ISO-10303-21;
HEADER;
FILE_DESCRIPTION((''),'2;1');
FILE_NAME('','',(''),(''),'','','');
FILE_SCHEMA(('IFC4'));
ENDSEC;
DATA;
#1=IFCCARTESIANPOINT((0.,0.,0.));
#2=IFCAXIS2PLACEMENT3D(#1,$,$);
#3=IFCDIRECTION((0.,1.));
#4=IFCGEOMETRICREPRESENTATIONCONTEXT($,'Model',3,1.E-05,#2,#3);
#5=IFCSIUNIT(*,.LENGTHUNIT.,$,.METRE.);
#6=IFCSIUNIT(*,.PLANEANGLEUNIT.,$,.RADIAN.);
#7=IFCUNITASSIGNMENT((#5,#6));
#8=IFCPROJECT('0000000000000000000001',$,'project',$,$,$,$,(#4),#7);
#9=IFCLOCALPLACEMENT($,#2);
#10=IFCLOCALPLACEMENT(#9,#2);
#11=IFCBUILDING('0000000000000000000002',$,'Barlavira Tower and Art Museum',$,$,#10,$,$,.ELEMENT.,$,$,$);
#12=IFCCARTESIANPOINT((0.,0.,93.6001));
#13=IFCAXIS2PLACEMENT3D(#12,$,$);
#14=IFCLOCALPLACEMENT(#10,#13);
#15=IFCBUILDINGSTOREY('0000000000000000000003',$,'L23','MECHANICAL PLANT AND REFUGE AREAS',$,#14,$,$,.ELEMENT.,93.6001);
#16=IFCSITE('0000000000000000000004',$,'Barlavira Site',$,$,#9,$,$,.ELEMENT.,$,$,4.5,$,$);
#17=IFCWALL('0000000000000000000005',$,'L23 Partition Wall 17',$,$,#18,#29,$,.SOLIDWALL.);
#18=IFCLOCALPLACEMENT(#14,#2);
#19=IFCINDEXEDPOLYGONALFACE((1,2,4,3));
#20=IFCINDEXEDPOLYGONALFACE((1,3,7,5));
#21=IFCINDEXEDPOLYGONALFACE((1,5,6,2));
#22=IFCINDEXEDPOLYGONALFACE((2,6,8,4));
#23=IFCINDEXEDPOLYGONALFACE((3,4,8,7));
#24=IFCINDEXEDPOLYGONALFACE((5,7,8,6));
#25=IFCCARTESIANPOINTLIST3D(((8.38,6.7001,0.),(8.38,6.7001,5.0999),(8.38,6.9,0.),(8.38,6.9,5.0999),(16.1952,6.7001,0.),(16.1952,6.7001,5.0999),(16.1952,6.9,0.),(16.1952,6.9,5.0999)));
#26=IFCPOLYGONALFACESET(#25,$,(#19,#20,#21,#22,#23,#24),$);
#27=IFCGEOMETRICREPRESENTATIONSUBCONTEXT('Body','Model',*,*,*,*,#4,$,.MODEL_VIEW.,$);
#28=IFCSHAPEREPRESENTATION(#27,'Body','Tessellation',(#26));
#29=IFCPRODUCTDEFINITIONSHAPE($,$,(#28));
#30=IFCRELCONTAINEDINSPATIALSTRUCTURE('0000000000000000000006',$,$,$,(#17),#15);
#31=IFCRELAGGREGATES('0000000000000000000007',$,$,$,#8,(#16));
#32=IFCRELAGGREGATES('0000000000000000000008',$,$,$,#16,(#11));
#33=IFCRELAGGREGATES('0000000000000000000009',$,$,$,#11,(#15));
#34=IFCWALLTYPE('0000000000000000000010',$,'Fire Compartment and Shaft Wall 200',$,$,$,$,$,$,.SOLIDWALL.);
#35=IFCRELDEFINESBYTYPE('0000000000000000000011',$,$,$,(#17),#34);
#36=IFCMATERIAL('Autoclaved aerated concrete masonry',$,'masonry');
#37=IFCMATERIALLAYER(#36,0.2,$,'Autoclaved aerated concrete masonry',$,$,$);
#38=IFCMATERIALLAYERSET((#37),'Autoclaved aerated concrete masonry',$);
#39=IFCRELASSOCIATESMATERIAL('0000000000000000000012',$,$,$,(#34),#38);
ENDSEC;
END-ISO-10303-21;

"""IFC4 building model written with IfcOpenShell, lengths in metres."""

from ifc_helpers import new_model, si_unit, direction, frame, frame_2d, origin, place, context, subcontext, project, spatial, rectangle, extrude, material, layer, layer_set, type_object, element, save


model = new_model("IFC4")

# Units and contexts
model_context = context("Model", 3, precision=1e-05, world=origin(), true_north=direction((0.0, 1.0)))
body_context = subcontext(model_context, "Body", "Model", "MODEL_VIEW")
ifc_project = project(units=[si_unit("LENGTHUNIT", "METRE"), si_unit("PLANEANGLEUNIT", "RADIAN")], contexts=[model_context])

# Site, building, storey
site_placement = place(None, origin())
site = spatial("IfcSite", under=ifc_project, at=site_placement, Name="Barlavira Site", CompositionType="ELEMENT", RefElevation=4.5)
building_placement = place(site_placement, origin())
building = spatial("IfcBuilding", under=site, at=building_placement, Name="Barlavira Tower and Art Museum", CompositionType="ELEMENT")
storey_placement = place(building_placement, frame((0.0, 0.0, 93.6001)))
storey = spatial("IfcBuildingStorey", under=building, at=storey_placement, Name="L23", Description="MECHANICAL PLANT AND REFUGE AREAS", CompositionType="ELEMENT", Elevation=93.6001)

# Wall
ifc_material_1 = material(Name="Autoclaved aerated concrete masonry", Category="masonry")
ifc_layer_1 = layer(ifc_material_1, 0.2, Name="Autoclaved aerated concrete masonry")
ifc_layer_set_1 = layer_set([ifc_layer_1], Name="Autoclaved aerated concrete masonry")
wall_type = type_object("IfcWallType", Name="Fire Compartment and Shaft Wall 200", PredefinedType="SOLIDWALL", material=ifc_layer_set_1)
wall_placement = place(storey_placement, frame((8.3799, 6.8, 0.0), z_axis=(0.0, 0.0, 1.0), x_axis=(1.0, 0.0, 0.0)))
element("IfcWall", 1, at=wall_placement, inside=storey, type_object=wall_type, Name="L23 Partition Wall 17", PredefinedType="SOLIDWALL", context=body_context, shape_type="SweptSolid", body=[
    extrude(rectangle(XDim=7.8152, YDim=0.2, at=frame_2d((3.9077, 0.0))), origin(), (0.0, 0.0, 1.0), 5.0999),
])

save(model, "model.ifc")
